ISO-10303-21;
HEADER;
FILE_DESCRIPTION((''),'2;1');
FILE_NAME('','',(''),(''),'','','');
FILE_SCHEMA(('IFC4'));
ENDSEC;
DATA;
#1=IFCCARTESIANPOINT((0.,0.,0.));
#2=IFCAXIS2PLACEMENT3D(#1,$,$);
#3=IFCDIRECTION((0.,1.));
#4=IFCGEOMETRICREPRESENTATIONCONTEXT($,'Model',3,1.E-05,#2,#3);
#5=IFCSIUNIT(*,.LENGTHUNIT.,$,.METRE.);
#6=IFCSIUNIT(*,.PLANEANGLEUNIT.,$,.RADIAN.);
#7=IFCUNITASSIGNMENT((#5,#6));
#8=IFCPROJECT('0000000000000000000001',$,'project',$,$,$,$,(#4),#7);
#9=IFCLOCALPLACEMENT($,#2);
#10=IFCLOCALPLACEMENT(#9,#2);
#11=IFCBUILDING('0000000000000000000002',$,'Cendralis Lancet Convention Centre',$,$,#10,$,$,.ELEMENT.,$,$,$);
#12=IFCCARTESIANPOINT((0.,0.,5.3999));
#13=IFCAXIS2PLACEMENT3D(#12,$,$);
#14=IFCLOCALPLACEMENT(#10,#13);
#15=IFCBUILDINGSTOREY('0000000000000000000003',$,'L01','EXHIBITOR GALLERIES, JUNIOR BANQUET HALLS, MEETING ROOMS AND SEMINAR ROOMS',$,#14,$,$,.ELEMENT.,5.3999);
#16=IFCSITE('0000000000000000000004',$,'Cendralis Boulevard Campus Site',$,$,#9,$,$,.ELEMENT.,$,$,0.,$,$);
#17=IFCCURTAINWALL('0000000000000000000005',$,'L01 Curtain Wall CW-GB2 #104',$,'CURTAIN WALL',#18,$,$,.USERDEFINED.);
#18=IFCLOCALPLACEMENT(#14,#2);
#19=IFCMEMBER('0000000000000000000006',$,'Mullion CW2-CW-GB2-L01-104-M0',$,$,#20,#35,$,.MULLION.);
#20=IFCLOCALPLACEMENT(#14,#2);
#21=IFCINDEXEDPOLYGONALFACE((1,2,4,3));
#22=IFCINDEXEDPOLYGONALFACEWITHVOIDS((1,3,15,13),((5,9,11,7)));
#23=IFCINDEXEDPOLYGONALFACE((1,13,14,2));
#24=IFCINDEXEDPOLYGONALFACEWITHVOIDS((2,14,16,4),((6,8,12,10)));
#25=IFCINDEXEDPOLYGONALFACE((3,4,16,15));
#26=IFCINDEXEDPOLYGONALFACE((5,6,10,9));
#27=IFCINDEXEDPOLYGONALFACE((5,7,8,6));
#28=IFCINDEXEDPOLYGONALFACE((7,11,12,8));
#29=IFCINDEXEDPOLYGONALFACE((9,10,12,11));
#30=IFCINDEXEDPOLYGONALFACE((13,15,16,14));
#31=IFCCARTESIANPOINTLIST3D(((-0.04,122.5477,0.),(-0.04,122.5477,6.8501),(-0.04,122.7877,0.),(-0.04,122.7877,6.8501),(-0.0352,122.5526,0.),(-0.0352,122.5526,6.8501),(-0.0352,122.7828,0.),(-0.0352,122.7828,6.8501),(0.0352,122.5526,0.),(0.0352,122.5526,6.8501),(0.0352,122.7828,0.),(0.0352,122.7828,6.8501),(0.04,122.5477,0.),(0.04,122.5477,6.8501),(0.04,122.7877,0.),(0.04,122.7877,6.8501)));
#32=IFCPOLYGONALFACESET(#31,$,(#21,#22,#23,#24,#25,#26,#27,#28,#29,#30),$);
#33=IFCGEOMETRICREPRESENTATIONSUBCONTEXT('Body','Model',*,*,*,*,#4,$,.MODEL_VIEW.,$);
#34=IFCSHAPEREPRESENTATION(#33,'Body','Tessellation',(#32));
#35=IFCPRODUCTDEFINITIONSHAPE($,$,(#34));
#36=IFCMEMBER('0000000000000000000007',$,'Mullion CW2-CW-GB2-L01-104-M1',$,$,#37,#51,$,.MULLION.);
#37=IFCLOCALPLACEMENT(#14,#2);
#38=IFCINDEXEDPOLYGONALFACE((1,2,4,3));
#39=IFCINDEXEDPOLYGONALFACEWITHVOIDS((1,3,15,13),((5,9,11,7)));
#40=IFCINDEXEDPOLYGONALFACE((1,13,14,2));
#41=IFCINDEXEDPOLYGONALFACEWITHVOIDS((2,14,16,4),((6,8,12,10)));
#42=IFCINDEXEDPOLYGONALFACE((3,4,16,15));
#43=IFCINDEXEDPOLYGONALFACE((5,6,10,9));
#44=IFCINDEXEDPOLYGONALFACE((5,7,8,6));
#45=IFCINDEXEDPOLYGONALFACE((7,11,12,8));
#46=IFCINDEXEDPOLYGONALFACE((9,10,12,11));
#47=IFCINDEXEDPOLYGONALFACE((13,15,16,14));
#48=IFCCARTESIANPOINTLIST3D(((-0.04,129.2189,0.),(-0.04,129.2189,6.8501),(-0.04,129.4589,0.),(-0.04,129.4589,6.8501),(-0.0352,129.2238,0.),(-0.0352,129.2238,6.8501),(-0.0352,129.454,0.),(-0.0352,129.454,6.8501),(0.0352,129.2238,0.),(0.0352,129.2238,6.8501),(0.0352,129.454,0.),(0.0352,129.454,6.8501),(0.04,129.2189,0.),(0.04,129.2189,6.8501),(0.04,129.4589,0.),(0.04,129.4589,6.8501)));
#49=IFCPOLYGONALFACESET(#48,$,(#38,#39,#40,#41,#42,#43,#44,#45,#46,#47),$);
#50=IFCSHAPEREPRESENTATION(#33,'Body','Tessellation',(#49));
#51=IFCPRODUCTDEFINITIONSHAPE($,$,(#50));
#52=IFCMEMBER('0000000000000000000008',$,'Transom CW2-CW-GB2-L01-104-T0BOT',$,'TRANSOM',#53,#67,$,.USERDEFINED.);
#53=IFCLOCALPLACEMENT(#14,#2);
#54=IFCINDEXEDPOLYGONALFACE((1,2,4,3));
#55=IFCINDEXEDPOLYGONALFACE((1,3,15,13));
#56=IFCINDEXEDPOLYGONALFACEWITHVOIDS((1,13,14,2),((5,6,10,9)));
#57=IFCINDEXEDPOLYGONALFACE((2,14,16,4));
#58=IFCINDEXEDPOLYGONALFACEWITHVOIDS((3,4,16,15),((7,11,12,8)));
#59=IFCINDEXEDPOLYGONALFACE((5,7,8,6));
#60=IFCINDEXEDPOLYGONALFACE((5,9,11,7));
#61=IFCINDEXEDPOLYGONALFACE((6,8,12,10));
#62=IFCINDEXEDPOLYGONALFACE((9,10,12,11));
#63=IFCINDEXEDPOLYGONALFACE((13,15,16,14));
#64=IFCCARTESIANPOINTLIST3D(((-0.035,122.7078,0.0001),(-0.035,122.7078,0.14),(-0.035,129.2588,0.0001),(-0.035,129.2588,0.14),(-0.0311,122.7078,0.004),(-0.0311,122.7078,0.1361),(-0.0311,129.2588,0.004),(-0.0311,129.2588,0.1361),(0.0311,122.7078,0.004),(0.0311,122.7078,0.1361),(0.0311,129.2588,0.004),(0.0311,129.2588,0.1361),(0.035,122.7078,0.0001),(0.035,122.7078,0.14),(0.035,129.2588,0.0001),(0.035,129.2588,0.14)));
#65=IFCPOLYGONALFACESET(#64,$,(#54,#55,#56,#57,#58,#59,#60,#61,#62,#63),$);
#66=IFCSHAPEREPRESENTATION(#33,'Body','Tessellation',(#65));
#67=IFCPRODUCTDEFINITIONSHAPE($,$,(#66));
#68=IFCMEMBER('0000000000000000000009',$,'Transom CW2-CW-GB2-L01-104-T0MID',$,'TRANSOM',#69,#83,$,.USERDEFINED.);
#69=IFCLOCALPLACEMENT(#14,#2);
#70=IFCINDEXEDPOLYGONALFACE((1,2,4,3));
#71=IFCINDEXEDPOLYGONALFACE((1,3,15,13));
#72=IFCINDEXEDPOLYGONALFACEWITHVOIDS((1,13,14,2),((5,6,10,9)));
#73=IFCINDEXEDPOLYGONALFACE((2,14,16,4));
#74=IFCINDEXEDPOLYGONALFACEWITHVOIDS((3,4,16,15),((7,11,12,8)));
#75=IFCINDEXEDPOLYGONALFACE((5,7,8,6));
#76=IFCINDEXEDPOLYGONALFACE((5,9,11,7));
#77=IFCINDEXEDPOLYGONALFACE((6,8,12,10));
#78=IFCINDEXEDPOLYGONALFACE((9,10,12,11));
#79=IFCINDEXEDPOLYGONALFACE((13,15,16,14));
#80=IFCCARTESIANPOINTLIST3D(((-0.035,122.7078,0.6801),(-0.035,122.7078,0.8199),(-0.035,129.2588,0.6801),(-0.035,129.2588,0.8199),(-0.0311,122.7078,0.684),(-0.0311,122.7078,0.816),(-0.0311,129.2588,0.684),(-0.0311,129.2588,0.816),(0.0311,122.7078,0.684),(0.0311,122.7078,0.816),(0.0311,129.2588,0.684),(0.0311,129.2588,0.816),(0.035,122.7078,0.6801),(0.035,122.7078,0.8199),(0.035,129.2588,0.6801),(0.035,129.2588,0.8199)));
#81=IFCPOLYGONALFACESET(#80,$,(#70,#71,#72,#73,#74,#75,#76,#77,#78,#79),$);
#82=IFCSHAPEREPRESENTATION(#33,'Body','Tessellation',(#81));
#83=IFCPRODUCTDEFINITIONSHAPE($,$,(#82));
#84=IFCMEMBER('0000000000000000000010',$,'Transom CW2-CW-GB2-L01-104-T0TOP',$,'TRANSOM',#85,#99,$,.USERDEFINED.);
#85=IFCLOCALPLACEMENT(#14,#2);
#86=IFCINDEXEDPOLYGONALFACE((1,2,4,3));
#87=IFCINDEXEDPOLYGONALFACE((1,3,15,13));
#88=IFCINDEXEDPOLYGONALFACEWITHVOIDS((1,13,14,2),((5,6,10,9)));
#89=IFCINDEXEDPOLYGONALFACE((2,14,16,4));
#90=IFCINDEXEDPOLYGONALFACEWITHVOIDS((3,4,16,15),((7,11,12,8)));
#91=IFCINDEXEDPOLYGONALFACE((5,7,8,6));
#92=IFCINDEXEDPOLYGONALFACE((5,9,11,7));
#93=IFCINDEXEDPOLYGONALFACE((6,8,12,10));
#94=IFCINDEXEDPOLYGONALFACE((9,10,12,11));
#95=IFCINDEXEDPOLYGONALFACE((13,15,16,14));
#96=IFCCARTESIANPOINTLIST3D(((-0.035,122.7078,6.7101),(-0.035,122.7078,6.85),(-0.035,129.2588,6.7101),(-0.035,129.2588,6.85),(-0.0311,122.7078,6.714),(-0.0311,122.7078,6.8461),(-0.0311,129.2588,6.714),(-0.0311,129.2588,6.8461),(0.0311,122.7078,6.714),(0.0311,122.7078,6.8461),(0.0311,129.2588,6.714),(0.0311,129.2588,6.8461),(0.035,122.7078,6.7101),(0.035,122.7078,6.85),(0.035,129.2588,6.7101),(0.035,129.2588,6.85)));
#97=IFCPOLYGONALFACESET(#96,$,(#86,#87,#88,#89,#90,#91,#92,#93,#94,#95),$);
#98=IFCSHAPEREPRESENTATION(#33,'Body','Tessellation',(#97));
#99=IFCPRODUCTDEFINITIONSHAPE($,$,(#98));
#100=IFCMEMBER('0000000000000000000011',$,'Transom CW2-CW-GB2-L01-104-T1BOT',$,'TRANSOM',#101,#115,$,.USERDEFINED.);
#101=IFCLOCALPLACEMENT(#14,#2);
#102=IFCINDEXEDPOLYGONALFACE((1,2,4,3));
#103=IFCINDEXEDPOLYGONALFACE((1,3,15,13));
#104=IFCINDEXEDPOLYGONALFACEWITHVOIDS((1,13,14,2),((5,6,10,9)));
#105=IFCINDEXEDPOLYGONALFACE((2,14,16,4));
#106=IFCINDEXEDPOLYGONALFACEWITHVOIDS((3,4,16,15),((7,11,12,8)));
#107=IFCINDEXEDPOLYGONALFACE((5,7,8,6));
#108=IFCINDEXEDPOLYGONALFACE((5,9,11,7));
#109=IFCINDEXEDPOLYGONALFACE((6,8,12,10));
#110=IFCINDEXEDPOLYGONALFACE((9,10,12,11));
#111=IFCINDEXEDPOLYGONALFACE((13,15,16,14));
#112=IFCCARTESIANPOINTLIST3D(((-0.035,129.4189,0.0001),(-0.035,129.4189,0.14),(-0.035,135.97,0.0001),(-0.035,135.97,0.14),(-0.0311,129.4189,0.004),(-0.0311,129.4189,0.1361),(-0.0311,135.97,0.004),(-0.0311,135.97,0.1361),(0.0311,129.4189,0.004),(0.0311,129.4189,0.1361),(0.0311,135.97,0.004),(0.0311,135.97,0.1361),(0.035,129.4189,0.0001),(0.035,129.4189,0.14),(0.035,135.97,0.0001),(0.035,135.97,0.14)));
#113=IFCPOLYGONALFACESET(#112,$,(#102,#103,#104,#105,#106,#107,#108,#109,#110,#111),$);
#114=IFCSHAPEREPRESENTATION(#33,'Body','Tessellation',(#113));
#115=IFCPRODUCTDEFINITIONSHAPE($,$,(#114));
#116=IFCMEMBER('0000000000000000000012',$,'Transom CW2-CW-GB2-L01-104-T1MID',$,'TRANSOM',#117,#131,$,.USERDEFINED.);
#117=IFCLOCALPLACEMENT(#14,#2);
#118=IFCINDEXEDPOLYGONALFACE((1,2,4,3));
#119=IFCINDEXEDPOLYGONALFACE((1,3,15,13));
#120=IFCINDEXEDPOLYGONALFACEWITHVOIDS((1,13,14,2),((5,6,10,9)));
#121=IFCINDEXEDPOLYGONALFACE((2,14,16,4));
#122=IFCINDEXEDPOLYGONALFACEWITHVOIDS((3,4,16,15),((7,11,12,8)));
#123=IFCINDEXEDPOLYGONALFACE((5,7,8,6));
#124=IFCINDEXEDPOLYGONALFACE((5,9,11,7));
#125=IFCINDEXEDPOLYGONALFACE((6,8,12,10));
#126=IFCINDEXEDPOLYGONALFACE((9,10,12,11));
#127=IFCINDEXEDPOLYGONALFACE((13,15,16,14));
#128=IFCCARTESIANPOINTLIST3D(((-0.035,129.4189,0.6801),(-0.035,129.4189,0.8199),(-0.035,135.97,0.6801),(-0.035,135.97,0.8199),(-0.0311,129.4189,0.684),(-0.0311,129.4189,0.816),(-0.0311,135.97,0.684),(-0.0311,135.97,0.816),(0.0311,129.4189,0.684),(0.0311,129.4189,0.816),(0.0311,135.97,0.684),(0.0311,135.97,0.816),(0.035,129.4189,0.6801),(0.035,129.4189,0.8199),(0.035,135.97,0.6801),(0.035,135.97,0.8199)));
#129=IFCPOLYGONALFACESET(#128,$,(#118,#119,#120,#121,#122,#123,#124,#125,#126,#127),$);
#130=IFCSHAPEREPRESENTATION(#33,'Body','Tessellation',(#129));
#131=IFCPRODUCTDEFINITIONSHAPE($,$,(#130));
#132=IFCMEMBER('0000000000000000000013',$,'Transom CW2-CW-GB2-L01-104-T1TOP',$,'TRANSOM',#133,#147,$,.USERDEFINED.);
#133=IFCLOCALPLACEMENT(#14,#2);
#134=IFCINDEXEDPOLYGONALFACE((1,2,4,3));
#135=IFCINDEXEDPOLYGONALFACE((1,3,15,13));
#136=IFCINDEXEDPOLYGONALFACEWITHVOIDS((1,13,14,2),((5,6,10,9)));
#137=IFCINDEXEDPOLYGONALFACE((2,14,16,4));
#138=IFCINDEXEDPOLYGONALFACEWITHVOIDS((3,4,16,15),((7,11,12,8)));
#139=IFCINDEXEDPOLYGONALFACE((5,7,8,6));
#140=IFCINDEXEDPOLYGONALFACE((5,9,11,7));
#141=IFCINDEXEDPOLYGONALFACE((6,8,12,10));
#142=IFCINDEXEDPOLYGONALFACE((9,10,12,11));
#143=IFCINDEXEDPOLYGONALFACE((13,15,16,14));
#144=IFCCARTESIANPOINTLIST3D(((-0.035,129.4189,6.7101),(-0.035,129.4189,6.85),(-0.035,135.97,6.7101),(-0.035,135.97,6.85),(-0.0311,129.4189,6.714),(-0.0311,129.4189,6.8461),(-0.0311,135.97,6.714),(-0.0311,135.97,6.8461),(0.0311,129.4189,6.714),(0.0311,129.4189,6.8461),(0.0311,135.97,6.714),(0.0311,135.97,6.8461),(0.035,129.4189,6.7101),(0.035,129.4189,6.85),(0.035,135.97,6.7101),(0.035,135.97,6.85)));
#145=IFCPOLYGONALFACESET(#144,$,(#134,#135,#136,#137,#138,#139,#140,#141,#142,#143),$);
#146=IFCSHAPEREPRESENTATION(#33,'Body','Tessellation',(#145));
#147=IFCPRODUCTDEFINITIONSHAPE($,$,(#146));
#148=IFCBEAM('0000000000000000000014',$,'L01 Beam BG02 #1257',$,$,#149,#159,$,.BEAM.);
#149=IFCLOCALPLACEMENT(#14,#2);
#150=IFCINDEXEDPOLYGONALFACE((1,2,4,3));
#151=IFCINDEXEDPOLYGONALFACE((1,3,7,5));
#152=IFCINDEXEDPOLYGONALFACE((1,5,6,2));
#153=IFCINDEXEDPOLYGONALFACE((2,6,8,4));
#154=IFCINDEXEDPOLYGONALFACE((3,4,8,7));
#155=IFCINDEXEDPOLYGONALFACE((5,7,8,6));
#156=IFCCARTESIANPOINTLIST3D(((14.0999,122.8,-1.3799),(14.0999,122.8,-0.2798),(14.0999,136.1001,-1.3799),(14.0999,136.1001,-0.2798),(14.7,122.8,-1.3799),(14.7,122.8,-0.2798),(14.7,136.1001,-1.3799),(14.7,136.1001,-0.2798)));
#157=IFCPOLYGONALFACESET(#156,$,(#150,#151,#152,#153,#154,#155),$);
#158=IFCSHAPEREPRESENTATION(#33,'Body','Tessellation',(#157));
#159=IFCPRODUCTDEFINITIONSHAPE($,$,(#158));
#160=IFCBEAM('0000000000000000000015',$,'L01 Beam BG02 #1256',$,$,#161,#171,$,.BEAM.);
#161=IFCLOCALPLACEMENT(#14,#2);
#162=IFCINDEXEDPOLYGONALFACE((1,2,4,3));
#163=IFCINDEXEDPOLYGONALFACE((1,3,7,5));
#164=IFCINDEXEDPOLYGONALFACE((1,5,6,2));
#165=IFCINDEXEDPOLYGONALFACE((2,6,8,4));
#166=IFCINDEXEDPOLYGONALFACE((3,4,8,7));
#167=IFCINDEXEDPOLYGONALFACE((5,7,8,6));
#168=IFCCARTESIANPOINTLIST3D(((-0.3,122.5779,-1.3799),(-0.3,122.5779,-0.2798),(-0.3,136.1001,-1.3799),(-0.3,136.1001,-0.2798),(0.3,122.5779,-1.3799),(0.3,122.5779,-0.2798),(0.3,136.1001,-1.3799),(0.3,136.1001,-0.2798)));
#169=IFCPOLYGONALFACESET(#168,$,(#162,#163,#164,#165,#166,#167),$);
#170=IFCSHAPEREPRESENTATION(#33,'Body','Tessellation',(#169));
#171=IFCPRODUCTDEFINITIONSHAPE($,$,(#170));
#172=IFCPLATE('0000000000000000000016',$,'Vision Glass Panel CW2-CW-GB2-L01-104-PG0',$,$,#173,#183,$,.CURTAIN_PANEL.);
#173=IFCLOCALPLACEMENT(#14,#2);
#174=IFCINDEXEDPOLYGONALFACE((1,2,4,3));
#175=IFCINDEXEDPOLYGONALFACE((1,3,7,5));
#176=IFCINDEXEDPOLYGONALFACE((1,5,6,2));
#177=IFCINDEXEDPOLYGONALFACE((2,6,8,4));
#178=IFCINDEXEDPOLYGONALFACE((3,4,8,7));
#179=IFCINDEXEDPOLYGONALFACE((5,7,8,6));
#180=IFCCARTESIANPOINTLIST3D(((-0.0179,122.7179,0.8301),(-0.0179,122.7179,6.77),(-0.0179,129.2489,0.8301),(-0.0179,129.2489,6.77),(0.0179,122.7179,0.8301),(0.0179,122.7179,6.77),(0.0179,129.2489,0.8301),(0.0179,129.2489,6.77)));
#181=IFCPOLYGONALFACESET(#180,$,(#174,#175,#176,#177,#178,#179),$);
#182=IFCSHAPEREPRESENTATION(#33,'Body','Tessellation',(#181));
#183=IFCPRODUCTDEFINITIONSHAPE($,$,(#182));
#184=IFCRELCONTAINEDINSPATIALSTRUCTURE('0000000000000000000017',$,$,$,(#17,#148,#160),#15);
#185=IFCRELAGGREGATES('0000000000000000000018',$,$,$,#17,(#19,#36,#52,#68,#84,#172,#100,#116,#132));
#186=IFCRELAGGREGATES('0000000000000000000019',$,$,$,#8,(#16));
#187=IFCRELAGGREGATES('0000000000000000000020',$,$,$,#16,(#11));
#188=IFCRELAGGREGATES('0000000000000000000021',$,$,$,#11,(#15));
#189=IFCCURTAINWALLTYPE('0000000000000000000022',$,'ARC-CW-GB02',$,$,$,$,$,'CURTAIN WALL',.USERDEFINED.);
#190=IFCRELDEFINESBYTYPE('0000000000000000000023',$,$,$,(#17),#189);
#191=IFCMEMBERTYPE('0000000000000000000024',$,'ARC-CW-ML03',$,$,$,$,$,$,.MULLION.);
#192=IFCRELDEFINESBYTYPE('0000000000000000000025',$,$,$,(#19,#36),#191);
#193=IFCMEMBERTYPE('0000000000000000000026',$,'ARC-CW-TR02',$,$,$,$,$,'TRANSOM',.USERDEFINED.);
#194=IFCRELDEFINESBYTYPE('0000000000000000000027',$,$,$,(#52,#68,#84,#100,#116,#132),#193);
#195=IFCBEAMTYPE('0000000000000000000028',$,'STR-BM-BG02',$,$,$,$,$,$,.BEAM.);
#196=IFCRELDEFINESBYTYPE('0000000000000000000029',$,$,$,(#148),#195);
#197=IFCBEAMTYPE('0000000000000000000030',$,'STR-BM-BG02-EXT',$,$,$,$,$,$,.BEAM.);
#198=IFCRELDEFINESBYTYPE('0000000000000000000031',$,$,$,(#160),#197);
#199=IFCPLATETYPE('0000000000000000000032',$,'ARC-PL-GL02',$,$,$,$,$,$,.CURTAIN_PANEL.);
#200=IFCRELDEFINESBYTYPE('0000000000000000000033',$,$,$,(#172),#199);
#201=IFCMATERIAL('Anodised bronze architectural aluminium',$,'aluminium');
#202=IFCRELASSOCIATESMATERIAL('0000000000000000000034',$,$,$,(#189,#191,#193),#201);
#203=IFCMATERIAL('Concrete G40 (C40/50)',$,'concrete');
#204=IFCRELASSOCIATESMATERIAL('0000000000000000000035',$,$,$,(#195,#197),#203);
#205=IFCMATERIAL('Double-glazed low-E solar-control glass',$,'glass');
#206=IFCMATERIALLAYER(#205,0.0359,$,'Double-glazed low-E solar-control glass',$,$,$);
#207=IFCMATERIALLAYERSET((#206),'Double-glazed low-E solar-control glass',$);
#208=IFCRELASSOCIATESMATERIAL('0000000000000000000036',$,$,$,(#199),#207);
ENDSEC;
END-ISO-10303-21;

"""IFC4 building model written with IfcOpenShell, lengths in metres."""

from ifc_helpers import new_model, si_unit, direction, frame, origin, origin_2d, place, context, subcontext, project, spatial, rectangle, hollow_rectangle, extrude, material, layer, layer_set, material_profile, profile_set, type_object, element, aggregate, save


model = new_model("IFC4")

# Units and contexts
model_context = context("Model", 3, precision=1e-05, world=origin(), true_north=direction((0.0, 1.0)))
body_context = subcontext(model_context, "Body", "Model", "MODEL_VIEW")
ifc_project = project(units=[si_unit("LENGTHUNIT", "METRE"), si_unit("PLANEANGLEUNIT", "RADIAN")], contexts=[model_context])

# Site, building, storey
site_placement = place(None, origin())
site = spatial("IfcSite", under=ifc_project, at=site_placement, Name="Cendralis Boulevard Campus Site", CompositionType="ELEMENT", RefElevation=0.0)
building_placement = place(site_placement, origin())
building = spatial("IfcBuilding", under=site, at=building_placement, Name="Cendralis Lancet Convention Centre", CompositionType="ELEMENT")
storey_placement = place(building_placement, frame((0.0, 0.0, 5.3999)))
storey = spatial("IfcBuildingStorey", under=building, at=storey_placement, Name="L01", Description="EXHIBITOR GALLERIES, JUNIOR BANQUET HALLS, MEETING ROOMS AND SEMINAR ROOMS", CompositionType="ELEMENT", Elevation=5.3999)

# Curtain wall, members
ifc_material_1 = material(Name="Anodised bronze architectural aluminium", Category="aluminium")
curtain_wall_type = type_object("IfcCurtainWallType", Name="ARC-CW-GB02", ElementType="CURTAIN WALL", PredefinedType="USERDEFINED", material=ifc_material_1)
curtain_wall_placement = place(storey_placement, origin())
curtain_wall = element("IfcCurtainWall", 1, at=curtain_wall_placement, inside=storey, type_object=curtain_wall_type, Name="L01 Curtain Wall CW-GB2 #104", ObjectType="CURTAIN WALL", PredefinedType="USERDEFINED")
ifc_material_profile_1 = material_profile(ifc_material_1, hollow_rectangle(XDim=0.0801, YDim=0.24, WallThickness=0.0049, at=origin_2d()), Name="AL-MULL 80x240x5.0")
ifc_profile_set_1 = profile_set([ifc_material_profile_1], Name="Anodised bronze architectural aluminium")
member_type_1 = type_object("IfcMemberType", Name="ARC-CW-ML03", PredefinedType="MULLION", material=ifc_profile_set_1)
member_1_placement = place(storey_placement, frame((0.0, 122.6677, 0.0), z_axis=(0.0, 0.0, 1.0), x_axis=(1.0, 0.0, 0.0)))
member_1 = element("IfcMember", 2, at=member_1_placement, type_object=member_type_1, Name="Mullion CW2-CW-GB2-L01-104-M0", PredefinedType="MULLION", context=body_context, shape_type="SweptSolid", body=[
    extrude(hollow_rectangle(XDim=0.0801, YDim=0.24, WallThickness=0.0049, at=origin_2d()), origin(), (0.0, 0.0, 1.0), 6.8501),
])
member_2_placement = place(storey_placement, frame((0.0, 129.3389, 0.0), z_axis=(0.0, 0.0, 1.0), x_axis=(1.0, 0.0, 0.0)))
member_2 = element("IfcMember", 3, at=member_2_placement, type_object=member_type_1, Name="Mullion CW2-CW-GB2-L01-104-M1", PredefinedType="MULLION", context=body_context, shape_type="SweptSolid", body=[
    extrude(hollow_rectangle(XDim=0.0801, YDim=0.24, WallThickness=0.0049, at=origin_2d()), origin(), (0.0, 0.0, 1.0), 6.8501),
])
ifc_material_profile_2 = material_profile(ifc_material_1, hollow_rectangle(XDim=0.0701, YDim=0.1399, WallThickness=0.0039, at=origin_2d()), Name="AL-TRAN 70x140x4.0")
ifc_profile_set_2 = profile_set([ifc_material_profile_2], Name="Anodised bronze architectural aluminium")
member_type_2 = type_object("IfcMemberType", Name="ARC-CW-TR02", ElementType="TRANSOM", PredefinedType="USERDEFINED", material=ifc_profile_set_2)
member_3_placement = place(storey_placement, frame((0.0, 122.7078, 0.0701), z_axis=(0.0, 1.0, 0.0), x_axis=(-1.0, 0.0, 0.0)))
member_3 = element("IfcMember", 4, at=member_3_placement, type_object=member_type_2, Name="Transom CW2-CW-GB2-L01-104-T0BOT", ObjectType="TRANSOM", PredefinedType="USERDEFINED", context=body_context, shape_type="SweptSolid", body=[
    extrude(hollow_rectangle(XDim=0.0701, YDim=0.1399, WallThickness=0.0039, at=origin_2d()), origin(), (0.0, 0.0, 1.0), 6.551),
])
member_4_placement = place(storey_placement, frame((0.0, 122.7078, 0.75), z_axis=(0.0, 1.0, 0.0), x_axis=(-1.0, 0.0, 0.0)))
member_4 = element("IfcMember", 5, at=member_4_placement, type_object=member_type_2, Name="Transom CW2-CW-GB2-L01-104-T0MID", ObjectType="TRANSOM", PredefinedType="USERDEFINED", context=body_context, shape_type="SweptSolid", body=[
    extrude(hollow_rectangle(XDim=0.0701, YDim=0.1399, WallThickness=0.0039, at=origin_2d()), origin(), (0.0, 0.0, 1.0), 6.551),
])
member_5_placement = place(storey_placement, frame((0.0, 122.7078, 6.78), z_axis=(0.0, 1.0, 0.0), x_axis=(-1.0, 0.0, 0.0)))
member_5 = element("IfcMember", 6, at=member_5_placement, type_object=member_type_2, Name="Transom CW2-CW-GB2-L01-104-T0TOP", ObjectType="TRANSOM", PredefinedType="USERDEFINED", context=body_context, shape_type="SweptSolid", body=[
    extrude(hollow_rectangle(XDim=0.0701, YDim=0.1399, WallThickness=0.0039, at=origin_2d()), origin(), (0.0, 0.0, 1.0), 6.551),
])
member_6_placement = place(storey_placement, frame((0.0, 129.4189, 0.0701), z_axis=(0.0, 1.0, 0.0), x_axis=(-1.0, 0.0, 0.0)))
member_6 = element("IfcMember", 7, at=member_6_placement, type_object=member_type_2, Name="Transom CW2-CW-GB2-L01-104-T1BOT", ObjectType="TRANSOM", PredefinedType="USERDEFINED", context=body_context, shape_type="SweptSolid", body=[
    extrude(hollow_rectangle(XDim=0.0701, YDim=0.1399, WallThickness=0.0039, at=origin_2d()), origin(), (0.0, 0.0, 1.0), 6.551),
])
member_7_placement = place(storey_placement, frame((0.0, 129.4189, 0.75), z_axis=(0.0, 1.0, 0.0), x_axis=(-1.0, 0.0, 0.0)))
member_7 = element("IfcMember", 8, at=member_7_placement, type_object=member_type_2, Name="Transom CW2-CW-GB2-L01-104-T1MID", ObjectType="TRANSOM", PredefinedType="USERDEFINED", context=body_context, shape_type="SweptSolid", body=[
    extrude(hollow_rectangle(XDim=0.0701, YDim=0.1399, WallThickness=0.0039, at=origin_2d()), origin(), (0.0, 0.0, 1.0), 6.551),
])
member_8_placement = place(storey_placement, frame((0.0, 129.4189, 6.78), z_axis=(0.0, 1.0, 0.0), x_axis=(-1.0, 0.0, 0.0)))
member_8 = element("IfcMember", 9, at=member_8_placement, type_object=member_type_2, Name="Transom CW2-CW-GB2-L01-104-T1TOP", ObjectType="TRANSOM", PredefinedType="USERDEFINED", context=body_context, shape_type="SweptSolid", body=[
    extrude(hollow_rectangle(XDim=0.0701, YDim=0.1399, WallThickness=0.0039, at=origin_2d()), origin(), (0.0, 0.0, 1.0), 6.551),
])

# Beams
ifc_material_2 = material(Name="Concrete G40 (C40/50)", Category="concrete")
ifc_material_profile_3 = material_profile(ifc_material_2, rectangle(XDim=0.6001, YDim=1.1001, at=origin_2d()), Name="RCB 600x1100")
ifc_profile_set_3 = profile_set([ifc_material_profile_3], Name="Concrete G40 (C40/50)")
beam_type_1 = type_object("IfcBeamType", Name="STR-BM-BG02", PredefinedType="BEAM", material=ifc_profile_set_3)
beam_1_placement = place(storey_placement, frame((14.3999, 122.8, -0.8298), z_axis=(0.0, 1.0, 0.0), x_axis=(-1.0, 0.0, 0.0)))
element("IfcBeam", 10, at=beam_1_placement, inside=storey, type_object=beam_type_1, Name="L01 Beam BG02 #1257", PredefinedType="BEAM", context=body_context, shape_type="SweptSolid", body=[
    extrude(rectangle(XDim=0.6001, YDim=1.1001, at=origin_2d()), origin(), (0.0, 0.0, 1.0), 13.3),
])
ifc_material_profile_4 = material_profile(ifc_material_2, rectangle(XDim=0.6001, YDim=1.1001, at=origin_2d()), Name="RCB 600x1100")
ifc_profile_set_4 = profile_set([ifc_material_profile_4], Name="Concrete G40 (C40/50)")
beam_type_2 = type_object("IfcBeamType", Name="STR-BM-BG02-EXT", PredefinedType="BEAM", material=ifc_profile_set_4)
beam_2_placement = place(storey_placement, frame((0.0, 122.5779, -0.8298), z_axis=(0.0, 1.0, 0.0), x_axis=(-1.0, 0.0, 0.0)))
element("IfcBeam", 11, at=beam_2_placement, inside=storey, type_object=beam_type_2, Name="L01 Beam BG02 #1256", PredefinedType="BEAM", context=body_context, shape_type="SweptSolid", body=[
    extrude(rectangle(XDim=0.6001, YDim=1.1001, at=origin_2d()), origin(), (0.0, 0.0, 1.0), 13.5222),
])

# Plate
ifc_material_3 = material(Name="Double-glazed low-E solar-control glass", Category="glass")
ifc_layer_1 = layer(ifc_material_3, 0.0359, Name="Double-glazed low-E solar-control glass")
ifc_layer_set_1 = layer_set([ifc_layer_1], Name="Double-glazed low-E solar-control glass")
plate_type_1 = type_object("IfcPlateType", Name="ARC-PL-GL02", PredefinedType="CURTAIN_PANEL", material=ifc_layer_set_1)
plate_1_placement = place(storey_placement, frame((0.0, 125.9834, 0.8301), z_axis=(0.0, 0.0, 1.0), x_axis=(0.0, 1.0, 0.0)))
plate_1 = element("IfcPlate", 12, at=plate_1_placement, type_object=plate_type_1, Name="Vision Glass Panel CW2-CW-GB2-L01-104-PG0", PredefinedType="CURTAIN_PANEL", context=body_context, shape_type="SweptSolid", body=[
    extrude(rectangle(XDim=6.531, YDim=0.0359, at=origin_2d()), origin(), (0.0, 0.0, 1.0), 5.9399),
])
aggregate(curtain_wall, [member_1, member_2, member_3, member_4, member_5, plate_1, member_6, member_7, member_8])

save(model, "model.ifc")
